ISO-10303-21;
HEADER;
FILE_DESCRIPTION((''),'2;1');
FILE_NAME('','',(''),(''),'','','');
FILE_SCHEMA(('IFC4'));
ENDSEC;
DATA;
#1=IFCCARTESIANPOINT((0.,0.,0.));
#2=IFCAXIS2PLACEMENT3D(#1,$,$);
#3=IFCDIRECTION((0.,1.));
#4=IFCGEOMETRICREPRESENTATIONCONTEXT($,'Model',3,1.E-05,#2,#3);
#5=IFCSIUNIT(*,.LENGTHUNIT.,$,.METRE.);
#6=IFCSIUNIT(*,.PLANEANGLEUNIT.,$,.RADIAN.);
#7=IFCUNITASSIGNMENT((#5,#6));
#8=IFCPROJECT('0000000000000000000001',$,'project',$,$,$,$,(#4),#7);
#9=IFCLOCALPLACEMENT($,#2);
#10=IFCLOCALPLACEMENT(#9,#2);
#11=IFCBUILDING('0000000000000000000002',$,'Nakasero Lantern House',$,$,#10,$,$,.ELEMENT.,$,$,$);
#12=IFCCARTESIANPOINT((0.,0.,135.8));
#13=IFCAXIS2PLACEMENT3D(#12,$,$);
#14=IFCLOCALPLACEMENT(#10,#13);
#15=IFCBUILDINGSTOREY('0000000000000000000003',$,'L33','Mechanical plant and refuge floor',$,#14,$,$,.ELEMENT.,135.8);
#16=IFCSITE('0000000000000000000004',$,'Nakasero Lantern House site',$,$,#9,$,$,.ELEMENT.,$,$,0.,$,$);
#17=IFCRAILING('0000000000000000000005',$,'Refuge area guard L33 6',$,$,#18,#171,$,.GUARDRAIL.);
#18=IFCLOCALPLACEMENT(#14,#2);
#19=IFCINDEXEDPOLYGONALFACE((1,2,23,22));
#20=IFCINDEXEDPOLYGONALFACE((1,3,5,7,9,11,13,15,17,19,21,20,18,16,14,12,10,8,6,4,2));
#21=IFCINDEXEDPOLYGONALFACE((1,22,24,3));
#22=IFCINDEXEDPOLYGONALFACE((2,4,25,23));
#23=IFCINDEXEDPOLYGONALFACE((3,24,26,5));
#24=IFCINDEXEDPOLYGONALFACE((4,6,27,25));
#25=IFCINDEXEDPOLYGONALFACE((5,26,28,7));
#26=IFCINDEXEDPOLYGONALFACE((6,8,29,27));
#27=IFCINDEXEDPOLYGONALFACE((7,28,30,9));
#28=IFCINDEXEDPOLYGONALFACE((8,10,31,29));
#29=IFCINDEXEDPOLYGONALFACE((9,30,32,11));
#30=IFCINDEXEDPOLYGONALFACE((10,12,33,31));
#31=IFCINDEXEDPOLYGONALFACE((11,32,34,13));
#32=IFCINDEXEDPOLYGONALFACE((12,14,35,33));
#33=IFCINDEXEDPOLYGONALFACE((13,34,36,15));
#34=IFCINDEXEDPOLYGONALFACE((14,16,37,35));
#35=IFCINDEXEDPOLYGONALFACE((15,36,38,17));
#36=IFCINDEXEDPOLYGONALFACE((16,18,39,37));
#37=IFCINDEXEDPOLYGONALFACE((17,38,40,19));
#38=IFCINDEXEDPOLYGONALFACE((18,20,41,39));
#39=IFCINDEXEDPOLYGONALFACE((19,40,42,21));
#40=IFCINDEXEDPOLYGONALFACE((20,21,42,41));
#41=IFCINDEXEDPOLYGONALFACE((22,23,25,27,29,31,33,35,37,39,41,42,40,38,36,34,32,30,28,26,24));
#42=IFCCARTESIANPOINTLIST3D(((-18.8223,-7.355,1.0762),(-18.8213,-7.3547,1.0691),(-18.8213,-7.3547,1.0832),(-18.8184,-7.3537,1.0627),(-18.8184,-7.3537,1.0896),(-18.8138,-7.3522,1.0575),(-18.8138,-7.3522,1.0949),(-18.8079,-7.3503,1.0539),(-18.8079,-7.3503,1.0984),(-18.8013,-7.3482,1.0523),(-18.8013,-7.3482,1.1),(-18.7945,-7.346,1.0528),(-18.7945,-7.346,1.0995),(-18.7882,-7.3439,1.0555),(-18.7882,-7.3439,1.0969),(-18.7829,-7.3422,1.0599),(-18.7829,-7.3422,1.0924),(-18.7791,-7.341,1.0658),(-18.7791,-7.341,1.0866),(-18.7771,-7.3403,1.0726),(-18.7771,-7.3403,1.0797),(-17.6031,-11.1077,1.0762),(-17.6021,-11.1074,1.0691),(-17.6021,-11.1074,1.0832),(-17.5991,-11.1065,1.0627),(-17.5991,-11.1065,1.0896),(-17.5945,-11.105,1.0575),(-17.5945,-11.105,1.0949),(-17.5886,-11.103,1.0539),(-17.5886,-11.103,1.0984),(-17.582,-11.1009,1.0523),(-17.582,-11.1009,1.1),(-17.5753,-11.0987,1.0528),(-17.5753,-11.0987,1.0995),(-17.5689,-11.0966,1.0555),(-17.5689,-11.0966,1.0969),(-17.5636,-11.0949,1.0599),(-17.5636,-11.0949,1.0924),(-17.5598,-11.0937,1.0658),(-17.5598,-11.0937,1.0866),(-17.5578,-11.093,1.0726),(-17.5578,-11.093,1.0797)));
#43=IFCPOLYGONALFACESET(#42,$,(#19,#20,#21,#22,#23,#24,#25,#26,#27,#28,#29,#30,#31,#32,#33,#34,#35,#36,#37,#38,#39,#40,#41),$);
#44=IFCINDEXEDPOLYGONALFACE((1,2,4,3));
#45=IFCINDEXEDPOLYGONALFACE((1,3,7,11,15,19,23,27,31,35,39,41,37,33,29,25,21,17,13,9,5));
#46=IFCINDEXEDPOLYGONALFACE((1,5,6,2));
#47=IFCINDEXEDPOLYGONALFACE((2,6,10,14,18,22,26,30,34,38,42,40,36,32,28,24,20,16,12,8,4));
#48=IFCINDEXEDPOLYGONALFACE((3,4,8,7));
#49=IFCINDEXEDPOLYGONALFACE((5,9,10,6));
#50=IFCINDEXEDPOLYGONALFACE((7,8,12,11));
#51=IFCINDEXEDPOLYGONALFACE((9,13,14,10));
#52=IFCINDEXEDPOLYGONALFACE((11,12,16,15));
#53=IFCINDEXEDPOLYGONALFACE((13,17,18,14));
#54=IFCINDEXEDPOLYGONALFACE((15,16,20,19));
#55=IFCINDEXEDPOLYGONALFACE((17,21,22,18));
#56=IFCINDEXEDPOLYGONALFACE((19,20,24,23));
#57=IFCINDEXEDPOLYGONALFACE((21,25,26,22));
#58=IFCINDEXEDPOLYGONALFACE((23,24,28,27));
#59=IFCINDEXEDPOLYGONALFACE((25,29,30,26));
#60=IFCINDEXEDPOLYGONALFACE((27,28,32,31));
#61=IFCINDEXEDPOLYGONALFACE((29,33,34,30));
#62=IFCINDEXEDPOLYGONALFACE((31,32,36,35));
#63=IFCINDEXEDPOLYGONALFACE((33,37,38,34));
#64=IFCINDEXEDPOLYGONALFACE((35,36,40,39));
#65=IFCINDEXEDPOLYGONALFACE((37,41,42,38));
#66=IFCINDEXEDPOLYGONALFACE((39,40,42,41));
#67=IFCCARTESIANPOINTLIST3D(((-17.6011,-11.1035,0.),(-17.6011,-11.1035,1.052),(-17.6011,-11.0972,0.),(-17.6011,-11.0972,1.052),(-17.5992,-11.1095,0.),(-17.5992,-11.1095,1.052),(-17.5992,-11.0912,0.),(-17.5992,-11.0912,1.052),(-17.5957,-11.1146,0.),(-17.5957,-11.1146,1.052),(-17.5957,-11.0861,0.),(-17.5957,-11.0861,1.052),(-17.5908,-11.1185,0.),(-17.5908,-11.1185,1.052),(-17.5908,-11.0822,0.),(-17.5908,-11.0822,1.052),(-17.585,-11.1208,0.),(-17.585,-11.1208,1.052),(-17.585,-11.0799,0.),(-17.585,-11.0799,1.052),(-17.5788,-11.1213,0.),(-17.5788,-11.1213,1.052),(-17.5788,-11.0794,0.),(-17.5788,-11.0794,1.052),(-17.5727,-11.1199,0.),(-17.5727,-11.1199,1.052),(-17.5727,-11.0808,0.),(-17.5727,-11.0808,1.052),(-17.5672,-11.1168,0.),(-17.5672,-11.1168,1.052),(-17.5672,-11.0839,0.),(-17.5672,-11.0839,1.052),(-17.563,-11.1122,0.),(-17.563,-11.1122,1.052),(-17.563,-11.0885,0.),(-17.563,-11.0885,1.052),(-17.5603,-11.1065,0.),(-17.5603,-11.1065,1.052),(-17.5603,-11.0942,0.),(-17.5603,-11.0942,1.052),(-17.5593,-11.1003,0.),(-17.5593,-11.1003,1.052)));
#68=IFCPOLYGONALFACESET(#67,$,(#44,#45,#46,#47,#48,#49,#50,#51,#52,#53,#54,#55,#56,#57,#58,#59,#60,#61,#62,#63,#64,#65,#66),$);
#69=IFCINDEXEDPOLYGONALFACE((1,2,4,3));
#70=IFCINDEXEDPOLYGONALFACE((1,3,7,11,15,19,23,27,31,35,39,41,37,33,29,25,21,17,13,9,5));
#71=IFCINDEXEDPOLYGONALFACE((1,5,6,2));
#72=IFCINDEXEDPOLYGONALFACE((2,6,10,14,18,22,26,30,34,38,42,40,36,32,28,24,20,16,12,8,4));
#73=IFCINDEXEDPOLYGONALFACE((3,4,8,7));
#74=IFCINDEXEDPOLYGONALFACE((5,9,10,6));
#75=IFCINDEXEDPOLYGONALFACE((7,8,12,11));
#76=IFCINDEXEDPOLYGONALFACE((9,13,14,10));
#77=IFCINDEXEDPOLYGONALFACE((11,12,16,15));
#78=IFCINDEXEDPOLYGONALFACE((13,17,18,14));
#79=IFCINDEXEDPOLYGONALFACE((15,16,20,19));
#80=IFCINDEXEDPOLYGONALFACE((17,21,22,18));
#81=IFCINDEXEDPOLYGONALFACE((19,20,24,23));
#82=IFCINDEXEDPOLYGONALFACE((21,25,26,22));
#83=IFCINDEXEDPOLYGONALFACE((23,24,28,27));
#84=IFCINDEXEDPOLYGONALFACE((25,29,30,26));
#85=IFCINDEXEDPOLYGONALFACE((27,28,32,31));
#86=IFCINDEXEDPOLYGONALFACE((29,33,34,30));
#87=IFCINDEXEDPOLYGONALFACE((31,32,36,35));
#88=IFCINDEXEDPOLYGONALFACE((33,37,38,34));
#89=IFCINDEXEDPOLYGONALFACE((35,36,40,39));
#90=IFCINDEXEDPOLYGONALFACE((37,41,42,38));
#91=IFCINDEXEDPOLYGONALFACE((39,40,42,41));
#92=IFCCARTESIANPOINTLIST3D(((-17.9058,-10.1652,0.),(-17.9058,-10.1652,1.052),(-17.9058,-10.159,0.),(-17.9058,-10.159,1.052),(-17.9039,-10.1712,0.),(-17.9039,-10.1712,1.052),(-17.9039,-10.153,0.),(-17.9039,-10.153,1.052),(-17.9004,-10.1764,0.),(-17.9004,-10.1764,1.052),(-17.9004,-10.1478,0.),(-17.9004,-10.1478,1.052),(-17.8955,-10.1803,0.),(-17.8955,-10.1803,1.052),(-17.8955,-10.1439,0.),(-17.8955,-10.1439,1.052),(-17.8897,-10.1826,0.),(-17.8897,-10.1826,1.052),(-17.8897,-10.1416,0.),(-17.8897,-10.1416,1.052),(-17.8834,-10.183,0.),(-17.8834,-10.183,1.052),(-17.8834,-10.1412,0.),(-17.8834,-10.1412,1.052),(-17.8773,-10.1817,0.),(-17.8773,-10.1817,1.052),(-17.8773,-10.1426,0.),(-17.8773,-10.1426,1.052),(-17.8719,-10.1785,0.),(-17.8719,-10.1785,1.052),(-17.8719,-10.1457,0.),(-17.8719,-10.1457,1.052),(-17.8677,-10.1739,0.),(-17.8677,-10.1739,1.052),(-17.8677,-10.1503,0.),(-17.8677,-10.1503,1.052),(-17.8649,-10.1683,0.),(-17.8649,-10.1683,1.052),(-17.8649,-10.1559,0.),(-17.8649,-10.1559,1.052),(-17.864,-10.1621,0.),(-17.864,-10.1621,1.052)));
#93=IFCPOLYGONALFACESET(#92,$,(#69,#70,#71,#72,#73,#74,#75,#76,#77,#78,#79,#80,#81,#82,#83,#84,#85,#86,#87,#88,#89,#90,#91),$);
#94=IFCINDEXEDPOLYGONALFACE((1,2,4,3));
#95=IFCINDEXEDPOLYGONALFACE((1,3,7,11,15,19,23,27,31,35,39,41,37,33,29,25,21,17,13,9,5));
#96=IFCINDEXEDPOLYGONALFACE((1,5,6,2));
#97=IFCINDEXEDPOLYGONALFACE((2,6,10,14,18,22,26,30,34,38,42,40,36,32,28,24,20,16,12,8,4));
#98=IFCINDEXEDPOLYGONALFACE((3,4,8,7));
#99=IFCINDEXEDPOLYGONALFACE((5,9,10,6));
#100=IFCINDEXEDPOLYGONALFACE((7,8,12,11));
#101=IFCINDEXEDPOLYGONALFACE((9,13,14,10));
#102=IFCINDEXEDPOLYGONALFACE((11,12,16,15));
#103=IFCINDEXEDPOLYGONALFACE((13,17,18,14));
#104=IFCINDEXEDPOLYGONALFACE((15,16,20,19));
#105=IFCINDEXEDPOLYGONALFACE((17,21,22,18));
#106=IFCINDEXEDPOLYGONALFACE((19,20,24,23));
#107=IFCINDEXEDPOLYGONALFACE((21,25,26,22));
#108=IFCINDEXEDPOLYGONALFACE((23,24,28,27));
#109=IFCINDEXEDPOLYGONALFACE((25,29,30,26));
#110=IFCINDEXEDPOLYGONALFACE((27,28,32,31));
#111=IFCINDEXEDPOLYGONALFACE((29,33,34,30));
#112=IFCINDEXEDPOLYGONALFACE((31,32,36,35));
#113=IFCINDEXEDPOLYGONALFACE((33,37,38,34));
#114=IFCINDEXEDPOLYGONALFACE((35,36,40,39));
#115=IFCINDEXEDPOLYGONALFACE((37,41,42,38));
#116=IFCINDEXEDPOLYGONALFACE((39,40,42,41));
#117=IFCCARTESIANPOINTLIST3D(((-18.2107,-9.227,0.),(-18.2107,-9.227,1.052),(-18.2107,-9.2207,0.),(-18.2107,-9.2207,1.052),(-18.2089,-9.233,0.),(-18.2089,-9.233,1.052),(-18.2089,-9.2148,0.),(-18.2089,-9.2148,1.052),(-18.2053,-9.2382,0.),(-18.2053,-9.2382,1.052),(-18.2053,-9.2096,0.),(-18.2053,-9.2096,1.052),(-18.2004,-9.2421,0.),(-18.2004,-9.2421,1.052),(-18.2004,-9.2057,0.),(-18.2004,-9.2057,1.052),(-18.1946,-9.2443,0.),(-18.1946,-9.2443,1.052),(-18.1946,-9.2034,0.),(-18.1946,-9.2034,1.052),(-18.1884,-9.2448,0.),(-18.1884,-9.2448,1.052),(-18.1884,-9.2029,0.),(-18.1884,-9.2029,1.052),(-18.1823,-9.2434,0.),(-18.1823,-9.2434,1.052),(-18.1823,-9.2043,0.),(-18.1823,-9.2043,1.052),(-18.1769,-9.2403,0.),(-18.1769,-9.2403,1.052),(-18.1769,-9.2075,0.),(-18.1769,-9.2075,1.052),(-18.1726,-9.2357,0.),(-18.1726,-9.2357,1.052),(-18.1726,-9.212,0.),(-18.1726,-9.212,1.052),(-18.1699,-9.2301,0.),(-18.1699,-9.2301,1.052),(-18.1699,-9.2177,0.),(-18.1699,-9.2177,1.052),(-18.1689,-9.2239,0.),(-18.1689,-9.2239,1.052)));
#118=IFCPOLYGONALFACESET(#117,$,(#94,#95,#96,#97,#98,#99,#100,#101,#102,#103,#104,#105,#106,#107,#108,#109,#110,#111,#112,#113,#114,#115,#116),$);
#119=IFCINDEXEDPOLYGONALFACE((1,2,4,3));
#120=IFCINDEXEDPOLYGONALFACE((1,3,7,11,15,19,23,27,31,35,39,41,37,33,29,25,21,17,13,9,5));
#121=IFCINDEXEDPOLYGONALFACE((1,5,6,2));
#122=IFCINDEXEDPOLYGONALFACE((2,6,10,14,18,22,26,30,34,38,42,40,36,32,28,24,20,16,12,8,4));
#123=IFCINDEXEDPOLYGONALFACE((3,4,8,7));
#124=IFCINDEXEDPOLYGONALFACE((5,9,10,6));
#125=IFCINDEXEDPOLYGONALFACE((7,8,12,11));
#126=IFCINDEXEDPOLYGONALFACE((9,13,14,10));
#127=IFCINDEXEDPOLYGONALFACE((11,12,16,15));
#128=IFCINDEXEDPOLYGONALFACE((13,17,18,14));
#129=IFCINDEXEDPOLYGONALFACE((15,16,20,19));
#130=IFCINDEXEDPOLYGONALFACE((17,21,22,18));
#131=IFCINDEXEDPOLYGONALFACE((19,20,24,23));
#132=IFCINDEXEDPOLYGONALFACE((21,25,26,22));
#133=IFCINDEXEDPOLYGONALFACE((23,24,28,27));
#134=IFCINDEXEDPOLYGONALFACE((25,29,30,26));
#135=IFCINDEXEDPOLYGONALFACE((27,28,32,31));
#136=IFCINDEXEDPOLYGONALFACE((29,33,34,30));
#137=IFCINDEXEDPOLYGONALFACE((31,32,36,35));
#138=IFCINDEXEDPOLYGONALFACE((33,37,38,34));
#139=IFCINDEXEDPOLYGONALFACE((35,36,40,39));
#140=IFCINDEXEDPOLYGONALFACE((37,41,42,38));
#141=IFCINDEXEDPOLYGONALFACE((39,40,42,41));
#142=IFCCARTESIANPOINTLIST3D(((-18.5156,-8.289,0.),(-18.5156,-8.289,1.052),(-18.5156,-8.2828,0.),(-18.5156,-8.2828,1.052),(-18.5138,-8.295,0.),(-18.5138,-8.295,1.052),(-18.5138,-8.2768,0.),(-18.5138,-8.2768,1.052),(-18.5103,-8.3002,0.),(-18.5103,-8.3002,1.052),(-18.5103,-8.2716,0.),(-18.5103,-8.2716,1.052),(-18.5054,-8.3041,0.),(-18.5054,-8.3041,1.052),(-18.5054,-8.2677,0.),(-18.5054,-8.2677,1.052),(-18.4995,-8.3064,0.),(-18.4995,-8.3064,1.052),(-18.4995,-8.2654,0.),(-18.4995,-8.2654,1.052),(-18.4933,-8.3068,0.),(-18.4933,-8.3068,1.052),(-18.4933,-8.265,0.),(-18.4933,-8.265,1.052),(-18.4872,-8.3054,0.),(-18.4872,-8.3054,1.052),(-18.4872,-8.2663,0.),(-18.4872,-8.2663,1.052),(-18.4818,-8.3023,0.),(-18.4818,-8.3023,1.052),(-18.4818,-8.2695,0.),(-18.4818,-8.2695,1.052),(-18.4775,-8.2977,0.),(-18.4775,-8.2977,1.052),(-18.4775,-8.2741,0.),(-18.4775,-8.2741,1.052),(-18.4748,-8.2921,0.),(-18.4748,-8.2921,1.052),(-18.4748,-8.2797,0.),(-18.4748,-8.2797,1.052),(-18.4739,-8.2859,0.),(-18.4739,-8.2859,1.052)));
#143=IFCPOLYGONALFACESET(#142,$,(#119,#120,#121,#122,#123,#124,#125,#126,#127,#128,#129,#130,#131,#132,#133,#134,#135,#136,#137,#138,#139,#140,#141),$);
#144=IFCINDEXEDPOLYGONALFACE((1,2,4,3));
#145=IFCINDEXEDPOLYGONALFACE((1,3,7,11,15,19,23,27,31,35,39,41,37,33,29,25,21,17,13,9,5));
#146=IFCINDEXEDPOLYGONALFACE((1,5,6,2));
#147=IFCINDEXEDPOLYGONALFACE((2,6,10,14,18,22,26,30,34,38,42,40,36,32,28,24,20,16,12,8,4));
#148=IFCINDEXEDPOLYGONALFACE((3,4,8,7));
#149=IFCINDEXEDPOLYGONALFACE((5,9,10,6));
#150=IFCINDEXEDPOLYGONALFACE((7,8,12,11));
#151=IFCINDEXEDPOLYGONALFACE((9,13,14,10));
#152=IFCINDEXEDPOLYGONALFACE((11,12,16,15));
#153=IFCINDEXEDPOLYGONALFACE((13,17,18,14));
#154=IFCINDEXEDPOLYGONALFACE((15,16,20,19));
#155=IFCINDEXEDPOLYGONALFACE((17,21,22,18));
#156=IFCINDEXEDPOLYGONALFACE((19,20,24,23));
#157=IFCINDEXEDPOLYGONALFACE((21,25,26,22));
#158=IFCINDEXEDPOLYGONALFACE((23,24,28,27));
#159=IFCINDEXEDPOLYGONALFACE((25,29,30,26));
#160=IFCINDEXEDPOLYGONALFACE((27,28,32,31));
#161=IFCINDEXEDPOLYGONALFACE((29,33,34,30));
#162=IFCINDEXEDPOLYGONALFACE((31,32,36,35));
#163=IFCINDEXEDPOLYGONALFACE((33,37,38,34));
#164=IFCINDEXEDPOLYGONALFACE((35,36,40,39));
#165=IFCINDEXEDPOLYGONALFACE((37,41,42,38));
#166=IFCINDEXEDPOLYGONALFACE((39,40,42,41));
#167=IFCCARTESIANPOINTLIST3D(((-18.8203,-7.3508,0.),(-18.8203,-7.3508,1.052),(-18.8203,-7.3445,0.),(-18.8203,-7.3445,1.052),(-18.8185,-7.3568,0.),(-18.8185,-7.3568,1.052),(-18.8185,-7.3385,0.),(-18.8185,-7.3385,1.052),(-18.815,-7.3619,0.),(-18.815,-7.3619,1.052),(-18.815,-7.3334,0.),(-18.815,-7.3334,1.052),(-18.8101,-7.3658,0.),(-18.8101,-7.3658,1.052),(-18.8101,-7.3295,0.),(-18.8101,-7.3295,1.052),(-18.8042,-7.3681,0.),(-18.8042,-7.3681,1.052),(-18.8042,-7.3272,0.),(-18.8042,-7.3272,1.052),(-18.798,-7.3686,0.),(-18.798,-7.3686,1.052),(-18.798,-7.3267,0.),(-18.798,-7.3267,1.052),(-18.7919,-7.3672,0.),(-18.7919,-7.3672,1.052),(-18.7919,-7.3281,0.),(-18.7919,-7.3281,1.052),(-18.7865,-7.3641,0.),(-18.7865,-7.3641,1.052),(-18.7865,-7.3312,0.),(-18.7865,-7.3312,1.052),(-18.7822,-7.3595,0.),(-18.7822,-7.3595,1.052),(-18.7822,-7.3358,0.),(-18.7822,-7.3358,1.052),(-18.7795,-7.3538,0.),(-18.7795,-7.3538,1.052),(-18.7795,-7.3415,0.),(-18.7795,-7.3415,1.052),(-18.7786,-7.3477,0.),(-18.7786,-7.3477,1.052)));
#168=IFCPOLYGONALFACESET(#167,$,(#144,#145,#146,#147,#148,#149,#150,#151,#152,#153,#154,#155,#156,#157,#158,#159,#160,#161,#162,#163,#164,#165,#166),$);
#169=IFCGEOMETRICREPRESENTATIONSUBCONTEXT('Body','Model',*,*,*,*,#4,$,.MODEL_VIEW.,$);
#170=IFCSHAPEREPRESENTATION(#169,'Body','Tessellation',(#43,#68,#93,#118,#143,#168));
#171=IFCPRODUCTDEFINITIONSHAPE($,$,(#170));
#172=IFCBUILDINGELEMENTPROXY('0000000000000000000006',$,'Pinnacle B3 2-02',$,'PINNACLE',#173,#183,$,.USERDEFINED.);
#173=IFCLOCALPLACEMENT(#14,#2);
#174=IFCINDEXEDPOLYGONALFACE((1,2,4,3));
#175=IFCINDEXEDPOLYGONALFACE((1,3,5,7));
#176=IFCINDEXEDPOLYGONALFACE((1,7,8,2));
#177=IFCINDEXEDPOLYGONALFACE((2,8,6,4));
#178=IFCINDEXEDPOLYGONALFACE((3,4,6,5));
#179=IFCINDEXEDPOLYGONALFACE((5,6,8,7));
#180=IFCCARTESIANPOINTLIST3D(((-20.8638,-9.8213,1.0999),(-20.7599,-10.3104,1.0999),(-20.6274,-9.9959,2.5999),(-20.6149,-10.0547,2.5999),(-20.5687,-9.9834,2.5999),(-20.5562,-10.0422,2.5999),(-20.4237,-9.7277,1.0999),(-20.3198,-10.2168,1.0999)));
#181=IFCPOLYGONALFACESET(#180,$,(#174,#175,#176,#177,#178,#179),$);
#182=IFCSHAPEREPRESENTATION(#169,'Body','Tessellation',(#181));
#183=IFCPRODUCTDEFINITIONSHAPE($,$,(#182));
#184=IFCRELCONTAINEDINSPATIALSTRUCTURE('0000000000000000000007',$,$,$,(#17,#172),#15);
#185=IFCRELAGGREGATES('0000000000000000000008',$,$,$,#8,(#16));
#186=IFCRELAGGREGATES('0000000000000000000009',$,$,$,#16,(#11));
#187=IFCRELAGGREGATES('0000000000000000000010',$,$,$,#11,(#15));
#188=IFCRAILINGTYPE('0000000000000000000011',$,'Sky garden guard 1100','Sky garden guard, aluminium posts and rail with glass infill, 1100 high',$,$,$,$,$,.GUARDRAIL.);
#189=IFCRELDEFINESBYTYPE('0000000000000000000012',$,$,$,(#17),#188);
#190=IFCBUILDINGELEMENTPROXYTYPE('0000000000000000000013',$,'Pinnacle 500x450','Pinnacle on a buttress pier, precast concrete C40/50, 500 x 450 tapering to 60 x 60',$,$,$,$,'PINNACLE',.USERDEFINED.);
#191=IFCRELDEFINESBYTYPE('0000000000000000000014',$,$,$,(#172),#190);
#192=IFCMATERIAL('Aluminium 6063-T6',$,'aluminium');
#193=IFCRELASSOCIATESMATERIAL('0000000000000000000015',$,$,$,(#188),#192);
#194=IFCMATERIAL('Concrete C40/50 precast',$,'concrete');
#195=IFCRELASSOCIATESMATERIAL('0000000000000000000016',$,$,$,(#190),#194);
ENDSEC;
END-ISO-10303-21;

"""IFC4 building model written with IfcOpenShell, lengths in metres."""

from ifc_helpers import new_model, entity, si_unit, direction, frame, origin, origin_2d, place, context, subcontext, project, spatial, circle, extrude, material, type_object, element, save


model = new_model("IFC4")

# Units and contexts
model_context = context("Model", 3, precision=1e-05, world=origin(), true_north=direction((0.0, 1.0)))
body_context = subcontext(model_context, "Body", "Model", "MODEL_VIEW")
ifc_project = project(units=[si_unit("LENGTHUNIT", "METRE"), si_unit("PLANEANGLEUNIT", "RADIAN")], contexts=[model_context])

# Site, building, storey
site_placement = place(None, origin())
site = spatial("IfcSite", under=ifc_project, at=site_placement, Name="Nakasero Lantern House site", CompositionType="ELEMENT", RefElevation=0.0)
building_placement = place(site_placement, origin())
building = spatial("IfcBuilding", under=site, at=building_placement, Name="Nakasero Lantern House", CompositionType="ELEMENT")
storey_placement = place(building_placement, frame((0.0, 0.0, 135.8)))
storey = spatial("IfcBuildingStorey", under=building, at=storey_placement, Name="L33", Description="Mechanical plant and refuge floor", CompositionType="ELEMENT", Elevation=135.8)

# Railing
ifc_material_1 = material(Name="Aluminium 6063-T6", Category="aluminium")
railing_type = type_object("IfcRailingType", Name="Sky garden guard 1100", Description="Sky garden guard, aluminium posts and rail with glass infill, 1100 high", PredefinedType="GUARDRAIL", material=ifc_material_1)
railing_1_placement = place(storey_placement, frame((-17.5803, -11.1003, 0.0)))
element("IfcRailing", 1, at=railing_1_placement, inside=storey, type_object=railing_type, Name="Refuge area guard L33 6", PredefinedType="GUARDRAIL", context=body_context, shape_type="SweptSolid", body=[
    extrude(circle(Radius=0.0239, at=origin_2d()), frame((0.0, 0.0, 1.0762), z_axis=(-0.308998, 0.951063, 0.0), x_axis=(-0.951063, -0.308998, 0.0)), (0.0, 0.0, 1.0), 3.9458),
    extrude(circle(Radius=0.021, at=origin_2d()), origin(), (0.0, 0.0, 1.0), 1.052),
    extrude(circle(Radius=0.021, at=origin_2d()), frame((-0.3047, 0.9382, 0.0)), (0.0, 0.0, 1.0), 1.052),
    extrude(circle(Radius=0.021, at=origin_2d()), frame((-0.6096, 1.8765, 0.0)), (0.0, 0.0, 1.0), 1.052),
    extrude(circle(Radius=0.021, at=origin_2d()), frame((-0.9146, 2.8145, 0.0)), (0.0, 0.0, 1.0), 1.052),
    extrude(circle(Radius=0.021, at=origin_2d()), frame((-1.2192, 3.7527, 0.0)), (0.0, 0.0, 1.0), 1.052),
])

# Building element proxy
ifc_material_2 = material(Name="Concrete C40/50 precast", Category="concrete")
building_element_proxy_type = type_object("IfcBuildingElementProxyType", Name="Pinnacle 500x450", Description="Pinnacle on a buttress pier, precast concrete C40/50, 500 x 450 tapering to 60 x 60", ElementType="PINNACLE", PredefinedType="USERDEFINED", material=ifc_material_2)
proxy_placement = place(storey_placement, frame((-20.5918, -10.019, 1.0999), z_axis=(0.0, 0.0, 1.0), x_axis=(-0.978148, -0.207912, 0.0)))
element("IfcBuildingElementProxy", 2, at=proxy_placement, inside=storey, type_object=building_element_proxy_type, Name="Pinnacle B3 2-02", ObjectType="PINNACLE", PredefinedType="USERDEFINED", context=body_context, shape_type="SweptSolid", body=[
    entity("IfcExtrudedAreaSolidTapered", entity("IfcRectangleProfileDef", "AREA", None, entity("IfcAxis2Placement2D", entity("IfcCartesianPoint", [0.0, 0.0])), 0.45, 0.5), entity("IfcAxis2Placement3D", entity("IfcCartesianPoint", [0.0, 0.0, 0.0])), entity("IfcDirection", [0.0, 0.0, 1.0]), 1.5, entity("IfcRectangleProfileDef", "AREA", None, entity("IfcAxis2Placement2D", entity("IfcCartesianPoint", [0.0, 0.0])), 0.0601, 0.0601)),
])

save(model, "model.ifc")
